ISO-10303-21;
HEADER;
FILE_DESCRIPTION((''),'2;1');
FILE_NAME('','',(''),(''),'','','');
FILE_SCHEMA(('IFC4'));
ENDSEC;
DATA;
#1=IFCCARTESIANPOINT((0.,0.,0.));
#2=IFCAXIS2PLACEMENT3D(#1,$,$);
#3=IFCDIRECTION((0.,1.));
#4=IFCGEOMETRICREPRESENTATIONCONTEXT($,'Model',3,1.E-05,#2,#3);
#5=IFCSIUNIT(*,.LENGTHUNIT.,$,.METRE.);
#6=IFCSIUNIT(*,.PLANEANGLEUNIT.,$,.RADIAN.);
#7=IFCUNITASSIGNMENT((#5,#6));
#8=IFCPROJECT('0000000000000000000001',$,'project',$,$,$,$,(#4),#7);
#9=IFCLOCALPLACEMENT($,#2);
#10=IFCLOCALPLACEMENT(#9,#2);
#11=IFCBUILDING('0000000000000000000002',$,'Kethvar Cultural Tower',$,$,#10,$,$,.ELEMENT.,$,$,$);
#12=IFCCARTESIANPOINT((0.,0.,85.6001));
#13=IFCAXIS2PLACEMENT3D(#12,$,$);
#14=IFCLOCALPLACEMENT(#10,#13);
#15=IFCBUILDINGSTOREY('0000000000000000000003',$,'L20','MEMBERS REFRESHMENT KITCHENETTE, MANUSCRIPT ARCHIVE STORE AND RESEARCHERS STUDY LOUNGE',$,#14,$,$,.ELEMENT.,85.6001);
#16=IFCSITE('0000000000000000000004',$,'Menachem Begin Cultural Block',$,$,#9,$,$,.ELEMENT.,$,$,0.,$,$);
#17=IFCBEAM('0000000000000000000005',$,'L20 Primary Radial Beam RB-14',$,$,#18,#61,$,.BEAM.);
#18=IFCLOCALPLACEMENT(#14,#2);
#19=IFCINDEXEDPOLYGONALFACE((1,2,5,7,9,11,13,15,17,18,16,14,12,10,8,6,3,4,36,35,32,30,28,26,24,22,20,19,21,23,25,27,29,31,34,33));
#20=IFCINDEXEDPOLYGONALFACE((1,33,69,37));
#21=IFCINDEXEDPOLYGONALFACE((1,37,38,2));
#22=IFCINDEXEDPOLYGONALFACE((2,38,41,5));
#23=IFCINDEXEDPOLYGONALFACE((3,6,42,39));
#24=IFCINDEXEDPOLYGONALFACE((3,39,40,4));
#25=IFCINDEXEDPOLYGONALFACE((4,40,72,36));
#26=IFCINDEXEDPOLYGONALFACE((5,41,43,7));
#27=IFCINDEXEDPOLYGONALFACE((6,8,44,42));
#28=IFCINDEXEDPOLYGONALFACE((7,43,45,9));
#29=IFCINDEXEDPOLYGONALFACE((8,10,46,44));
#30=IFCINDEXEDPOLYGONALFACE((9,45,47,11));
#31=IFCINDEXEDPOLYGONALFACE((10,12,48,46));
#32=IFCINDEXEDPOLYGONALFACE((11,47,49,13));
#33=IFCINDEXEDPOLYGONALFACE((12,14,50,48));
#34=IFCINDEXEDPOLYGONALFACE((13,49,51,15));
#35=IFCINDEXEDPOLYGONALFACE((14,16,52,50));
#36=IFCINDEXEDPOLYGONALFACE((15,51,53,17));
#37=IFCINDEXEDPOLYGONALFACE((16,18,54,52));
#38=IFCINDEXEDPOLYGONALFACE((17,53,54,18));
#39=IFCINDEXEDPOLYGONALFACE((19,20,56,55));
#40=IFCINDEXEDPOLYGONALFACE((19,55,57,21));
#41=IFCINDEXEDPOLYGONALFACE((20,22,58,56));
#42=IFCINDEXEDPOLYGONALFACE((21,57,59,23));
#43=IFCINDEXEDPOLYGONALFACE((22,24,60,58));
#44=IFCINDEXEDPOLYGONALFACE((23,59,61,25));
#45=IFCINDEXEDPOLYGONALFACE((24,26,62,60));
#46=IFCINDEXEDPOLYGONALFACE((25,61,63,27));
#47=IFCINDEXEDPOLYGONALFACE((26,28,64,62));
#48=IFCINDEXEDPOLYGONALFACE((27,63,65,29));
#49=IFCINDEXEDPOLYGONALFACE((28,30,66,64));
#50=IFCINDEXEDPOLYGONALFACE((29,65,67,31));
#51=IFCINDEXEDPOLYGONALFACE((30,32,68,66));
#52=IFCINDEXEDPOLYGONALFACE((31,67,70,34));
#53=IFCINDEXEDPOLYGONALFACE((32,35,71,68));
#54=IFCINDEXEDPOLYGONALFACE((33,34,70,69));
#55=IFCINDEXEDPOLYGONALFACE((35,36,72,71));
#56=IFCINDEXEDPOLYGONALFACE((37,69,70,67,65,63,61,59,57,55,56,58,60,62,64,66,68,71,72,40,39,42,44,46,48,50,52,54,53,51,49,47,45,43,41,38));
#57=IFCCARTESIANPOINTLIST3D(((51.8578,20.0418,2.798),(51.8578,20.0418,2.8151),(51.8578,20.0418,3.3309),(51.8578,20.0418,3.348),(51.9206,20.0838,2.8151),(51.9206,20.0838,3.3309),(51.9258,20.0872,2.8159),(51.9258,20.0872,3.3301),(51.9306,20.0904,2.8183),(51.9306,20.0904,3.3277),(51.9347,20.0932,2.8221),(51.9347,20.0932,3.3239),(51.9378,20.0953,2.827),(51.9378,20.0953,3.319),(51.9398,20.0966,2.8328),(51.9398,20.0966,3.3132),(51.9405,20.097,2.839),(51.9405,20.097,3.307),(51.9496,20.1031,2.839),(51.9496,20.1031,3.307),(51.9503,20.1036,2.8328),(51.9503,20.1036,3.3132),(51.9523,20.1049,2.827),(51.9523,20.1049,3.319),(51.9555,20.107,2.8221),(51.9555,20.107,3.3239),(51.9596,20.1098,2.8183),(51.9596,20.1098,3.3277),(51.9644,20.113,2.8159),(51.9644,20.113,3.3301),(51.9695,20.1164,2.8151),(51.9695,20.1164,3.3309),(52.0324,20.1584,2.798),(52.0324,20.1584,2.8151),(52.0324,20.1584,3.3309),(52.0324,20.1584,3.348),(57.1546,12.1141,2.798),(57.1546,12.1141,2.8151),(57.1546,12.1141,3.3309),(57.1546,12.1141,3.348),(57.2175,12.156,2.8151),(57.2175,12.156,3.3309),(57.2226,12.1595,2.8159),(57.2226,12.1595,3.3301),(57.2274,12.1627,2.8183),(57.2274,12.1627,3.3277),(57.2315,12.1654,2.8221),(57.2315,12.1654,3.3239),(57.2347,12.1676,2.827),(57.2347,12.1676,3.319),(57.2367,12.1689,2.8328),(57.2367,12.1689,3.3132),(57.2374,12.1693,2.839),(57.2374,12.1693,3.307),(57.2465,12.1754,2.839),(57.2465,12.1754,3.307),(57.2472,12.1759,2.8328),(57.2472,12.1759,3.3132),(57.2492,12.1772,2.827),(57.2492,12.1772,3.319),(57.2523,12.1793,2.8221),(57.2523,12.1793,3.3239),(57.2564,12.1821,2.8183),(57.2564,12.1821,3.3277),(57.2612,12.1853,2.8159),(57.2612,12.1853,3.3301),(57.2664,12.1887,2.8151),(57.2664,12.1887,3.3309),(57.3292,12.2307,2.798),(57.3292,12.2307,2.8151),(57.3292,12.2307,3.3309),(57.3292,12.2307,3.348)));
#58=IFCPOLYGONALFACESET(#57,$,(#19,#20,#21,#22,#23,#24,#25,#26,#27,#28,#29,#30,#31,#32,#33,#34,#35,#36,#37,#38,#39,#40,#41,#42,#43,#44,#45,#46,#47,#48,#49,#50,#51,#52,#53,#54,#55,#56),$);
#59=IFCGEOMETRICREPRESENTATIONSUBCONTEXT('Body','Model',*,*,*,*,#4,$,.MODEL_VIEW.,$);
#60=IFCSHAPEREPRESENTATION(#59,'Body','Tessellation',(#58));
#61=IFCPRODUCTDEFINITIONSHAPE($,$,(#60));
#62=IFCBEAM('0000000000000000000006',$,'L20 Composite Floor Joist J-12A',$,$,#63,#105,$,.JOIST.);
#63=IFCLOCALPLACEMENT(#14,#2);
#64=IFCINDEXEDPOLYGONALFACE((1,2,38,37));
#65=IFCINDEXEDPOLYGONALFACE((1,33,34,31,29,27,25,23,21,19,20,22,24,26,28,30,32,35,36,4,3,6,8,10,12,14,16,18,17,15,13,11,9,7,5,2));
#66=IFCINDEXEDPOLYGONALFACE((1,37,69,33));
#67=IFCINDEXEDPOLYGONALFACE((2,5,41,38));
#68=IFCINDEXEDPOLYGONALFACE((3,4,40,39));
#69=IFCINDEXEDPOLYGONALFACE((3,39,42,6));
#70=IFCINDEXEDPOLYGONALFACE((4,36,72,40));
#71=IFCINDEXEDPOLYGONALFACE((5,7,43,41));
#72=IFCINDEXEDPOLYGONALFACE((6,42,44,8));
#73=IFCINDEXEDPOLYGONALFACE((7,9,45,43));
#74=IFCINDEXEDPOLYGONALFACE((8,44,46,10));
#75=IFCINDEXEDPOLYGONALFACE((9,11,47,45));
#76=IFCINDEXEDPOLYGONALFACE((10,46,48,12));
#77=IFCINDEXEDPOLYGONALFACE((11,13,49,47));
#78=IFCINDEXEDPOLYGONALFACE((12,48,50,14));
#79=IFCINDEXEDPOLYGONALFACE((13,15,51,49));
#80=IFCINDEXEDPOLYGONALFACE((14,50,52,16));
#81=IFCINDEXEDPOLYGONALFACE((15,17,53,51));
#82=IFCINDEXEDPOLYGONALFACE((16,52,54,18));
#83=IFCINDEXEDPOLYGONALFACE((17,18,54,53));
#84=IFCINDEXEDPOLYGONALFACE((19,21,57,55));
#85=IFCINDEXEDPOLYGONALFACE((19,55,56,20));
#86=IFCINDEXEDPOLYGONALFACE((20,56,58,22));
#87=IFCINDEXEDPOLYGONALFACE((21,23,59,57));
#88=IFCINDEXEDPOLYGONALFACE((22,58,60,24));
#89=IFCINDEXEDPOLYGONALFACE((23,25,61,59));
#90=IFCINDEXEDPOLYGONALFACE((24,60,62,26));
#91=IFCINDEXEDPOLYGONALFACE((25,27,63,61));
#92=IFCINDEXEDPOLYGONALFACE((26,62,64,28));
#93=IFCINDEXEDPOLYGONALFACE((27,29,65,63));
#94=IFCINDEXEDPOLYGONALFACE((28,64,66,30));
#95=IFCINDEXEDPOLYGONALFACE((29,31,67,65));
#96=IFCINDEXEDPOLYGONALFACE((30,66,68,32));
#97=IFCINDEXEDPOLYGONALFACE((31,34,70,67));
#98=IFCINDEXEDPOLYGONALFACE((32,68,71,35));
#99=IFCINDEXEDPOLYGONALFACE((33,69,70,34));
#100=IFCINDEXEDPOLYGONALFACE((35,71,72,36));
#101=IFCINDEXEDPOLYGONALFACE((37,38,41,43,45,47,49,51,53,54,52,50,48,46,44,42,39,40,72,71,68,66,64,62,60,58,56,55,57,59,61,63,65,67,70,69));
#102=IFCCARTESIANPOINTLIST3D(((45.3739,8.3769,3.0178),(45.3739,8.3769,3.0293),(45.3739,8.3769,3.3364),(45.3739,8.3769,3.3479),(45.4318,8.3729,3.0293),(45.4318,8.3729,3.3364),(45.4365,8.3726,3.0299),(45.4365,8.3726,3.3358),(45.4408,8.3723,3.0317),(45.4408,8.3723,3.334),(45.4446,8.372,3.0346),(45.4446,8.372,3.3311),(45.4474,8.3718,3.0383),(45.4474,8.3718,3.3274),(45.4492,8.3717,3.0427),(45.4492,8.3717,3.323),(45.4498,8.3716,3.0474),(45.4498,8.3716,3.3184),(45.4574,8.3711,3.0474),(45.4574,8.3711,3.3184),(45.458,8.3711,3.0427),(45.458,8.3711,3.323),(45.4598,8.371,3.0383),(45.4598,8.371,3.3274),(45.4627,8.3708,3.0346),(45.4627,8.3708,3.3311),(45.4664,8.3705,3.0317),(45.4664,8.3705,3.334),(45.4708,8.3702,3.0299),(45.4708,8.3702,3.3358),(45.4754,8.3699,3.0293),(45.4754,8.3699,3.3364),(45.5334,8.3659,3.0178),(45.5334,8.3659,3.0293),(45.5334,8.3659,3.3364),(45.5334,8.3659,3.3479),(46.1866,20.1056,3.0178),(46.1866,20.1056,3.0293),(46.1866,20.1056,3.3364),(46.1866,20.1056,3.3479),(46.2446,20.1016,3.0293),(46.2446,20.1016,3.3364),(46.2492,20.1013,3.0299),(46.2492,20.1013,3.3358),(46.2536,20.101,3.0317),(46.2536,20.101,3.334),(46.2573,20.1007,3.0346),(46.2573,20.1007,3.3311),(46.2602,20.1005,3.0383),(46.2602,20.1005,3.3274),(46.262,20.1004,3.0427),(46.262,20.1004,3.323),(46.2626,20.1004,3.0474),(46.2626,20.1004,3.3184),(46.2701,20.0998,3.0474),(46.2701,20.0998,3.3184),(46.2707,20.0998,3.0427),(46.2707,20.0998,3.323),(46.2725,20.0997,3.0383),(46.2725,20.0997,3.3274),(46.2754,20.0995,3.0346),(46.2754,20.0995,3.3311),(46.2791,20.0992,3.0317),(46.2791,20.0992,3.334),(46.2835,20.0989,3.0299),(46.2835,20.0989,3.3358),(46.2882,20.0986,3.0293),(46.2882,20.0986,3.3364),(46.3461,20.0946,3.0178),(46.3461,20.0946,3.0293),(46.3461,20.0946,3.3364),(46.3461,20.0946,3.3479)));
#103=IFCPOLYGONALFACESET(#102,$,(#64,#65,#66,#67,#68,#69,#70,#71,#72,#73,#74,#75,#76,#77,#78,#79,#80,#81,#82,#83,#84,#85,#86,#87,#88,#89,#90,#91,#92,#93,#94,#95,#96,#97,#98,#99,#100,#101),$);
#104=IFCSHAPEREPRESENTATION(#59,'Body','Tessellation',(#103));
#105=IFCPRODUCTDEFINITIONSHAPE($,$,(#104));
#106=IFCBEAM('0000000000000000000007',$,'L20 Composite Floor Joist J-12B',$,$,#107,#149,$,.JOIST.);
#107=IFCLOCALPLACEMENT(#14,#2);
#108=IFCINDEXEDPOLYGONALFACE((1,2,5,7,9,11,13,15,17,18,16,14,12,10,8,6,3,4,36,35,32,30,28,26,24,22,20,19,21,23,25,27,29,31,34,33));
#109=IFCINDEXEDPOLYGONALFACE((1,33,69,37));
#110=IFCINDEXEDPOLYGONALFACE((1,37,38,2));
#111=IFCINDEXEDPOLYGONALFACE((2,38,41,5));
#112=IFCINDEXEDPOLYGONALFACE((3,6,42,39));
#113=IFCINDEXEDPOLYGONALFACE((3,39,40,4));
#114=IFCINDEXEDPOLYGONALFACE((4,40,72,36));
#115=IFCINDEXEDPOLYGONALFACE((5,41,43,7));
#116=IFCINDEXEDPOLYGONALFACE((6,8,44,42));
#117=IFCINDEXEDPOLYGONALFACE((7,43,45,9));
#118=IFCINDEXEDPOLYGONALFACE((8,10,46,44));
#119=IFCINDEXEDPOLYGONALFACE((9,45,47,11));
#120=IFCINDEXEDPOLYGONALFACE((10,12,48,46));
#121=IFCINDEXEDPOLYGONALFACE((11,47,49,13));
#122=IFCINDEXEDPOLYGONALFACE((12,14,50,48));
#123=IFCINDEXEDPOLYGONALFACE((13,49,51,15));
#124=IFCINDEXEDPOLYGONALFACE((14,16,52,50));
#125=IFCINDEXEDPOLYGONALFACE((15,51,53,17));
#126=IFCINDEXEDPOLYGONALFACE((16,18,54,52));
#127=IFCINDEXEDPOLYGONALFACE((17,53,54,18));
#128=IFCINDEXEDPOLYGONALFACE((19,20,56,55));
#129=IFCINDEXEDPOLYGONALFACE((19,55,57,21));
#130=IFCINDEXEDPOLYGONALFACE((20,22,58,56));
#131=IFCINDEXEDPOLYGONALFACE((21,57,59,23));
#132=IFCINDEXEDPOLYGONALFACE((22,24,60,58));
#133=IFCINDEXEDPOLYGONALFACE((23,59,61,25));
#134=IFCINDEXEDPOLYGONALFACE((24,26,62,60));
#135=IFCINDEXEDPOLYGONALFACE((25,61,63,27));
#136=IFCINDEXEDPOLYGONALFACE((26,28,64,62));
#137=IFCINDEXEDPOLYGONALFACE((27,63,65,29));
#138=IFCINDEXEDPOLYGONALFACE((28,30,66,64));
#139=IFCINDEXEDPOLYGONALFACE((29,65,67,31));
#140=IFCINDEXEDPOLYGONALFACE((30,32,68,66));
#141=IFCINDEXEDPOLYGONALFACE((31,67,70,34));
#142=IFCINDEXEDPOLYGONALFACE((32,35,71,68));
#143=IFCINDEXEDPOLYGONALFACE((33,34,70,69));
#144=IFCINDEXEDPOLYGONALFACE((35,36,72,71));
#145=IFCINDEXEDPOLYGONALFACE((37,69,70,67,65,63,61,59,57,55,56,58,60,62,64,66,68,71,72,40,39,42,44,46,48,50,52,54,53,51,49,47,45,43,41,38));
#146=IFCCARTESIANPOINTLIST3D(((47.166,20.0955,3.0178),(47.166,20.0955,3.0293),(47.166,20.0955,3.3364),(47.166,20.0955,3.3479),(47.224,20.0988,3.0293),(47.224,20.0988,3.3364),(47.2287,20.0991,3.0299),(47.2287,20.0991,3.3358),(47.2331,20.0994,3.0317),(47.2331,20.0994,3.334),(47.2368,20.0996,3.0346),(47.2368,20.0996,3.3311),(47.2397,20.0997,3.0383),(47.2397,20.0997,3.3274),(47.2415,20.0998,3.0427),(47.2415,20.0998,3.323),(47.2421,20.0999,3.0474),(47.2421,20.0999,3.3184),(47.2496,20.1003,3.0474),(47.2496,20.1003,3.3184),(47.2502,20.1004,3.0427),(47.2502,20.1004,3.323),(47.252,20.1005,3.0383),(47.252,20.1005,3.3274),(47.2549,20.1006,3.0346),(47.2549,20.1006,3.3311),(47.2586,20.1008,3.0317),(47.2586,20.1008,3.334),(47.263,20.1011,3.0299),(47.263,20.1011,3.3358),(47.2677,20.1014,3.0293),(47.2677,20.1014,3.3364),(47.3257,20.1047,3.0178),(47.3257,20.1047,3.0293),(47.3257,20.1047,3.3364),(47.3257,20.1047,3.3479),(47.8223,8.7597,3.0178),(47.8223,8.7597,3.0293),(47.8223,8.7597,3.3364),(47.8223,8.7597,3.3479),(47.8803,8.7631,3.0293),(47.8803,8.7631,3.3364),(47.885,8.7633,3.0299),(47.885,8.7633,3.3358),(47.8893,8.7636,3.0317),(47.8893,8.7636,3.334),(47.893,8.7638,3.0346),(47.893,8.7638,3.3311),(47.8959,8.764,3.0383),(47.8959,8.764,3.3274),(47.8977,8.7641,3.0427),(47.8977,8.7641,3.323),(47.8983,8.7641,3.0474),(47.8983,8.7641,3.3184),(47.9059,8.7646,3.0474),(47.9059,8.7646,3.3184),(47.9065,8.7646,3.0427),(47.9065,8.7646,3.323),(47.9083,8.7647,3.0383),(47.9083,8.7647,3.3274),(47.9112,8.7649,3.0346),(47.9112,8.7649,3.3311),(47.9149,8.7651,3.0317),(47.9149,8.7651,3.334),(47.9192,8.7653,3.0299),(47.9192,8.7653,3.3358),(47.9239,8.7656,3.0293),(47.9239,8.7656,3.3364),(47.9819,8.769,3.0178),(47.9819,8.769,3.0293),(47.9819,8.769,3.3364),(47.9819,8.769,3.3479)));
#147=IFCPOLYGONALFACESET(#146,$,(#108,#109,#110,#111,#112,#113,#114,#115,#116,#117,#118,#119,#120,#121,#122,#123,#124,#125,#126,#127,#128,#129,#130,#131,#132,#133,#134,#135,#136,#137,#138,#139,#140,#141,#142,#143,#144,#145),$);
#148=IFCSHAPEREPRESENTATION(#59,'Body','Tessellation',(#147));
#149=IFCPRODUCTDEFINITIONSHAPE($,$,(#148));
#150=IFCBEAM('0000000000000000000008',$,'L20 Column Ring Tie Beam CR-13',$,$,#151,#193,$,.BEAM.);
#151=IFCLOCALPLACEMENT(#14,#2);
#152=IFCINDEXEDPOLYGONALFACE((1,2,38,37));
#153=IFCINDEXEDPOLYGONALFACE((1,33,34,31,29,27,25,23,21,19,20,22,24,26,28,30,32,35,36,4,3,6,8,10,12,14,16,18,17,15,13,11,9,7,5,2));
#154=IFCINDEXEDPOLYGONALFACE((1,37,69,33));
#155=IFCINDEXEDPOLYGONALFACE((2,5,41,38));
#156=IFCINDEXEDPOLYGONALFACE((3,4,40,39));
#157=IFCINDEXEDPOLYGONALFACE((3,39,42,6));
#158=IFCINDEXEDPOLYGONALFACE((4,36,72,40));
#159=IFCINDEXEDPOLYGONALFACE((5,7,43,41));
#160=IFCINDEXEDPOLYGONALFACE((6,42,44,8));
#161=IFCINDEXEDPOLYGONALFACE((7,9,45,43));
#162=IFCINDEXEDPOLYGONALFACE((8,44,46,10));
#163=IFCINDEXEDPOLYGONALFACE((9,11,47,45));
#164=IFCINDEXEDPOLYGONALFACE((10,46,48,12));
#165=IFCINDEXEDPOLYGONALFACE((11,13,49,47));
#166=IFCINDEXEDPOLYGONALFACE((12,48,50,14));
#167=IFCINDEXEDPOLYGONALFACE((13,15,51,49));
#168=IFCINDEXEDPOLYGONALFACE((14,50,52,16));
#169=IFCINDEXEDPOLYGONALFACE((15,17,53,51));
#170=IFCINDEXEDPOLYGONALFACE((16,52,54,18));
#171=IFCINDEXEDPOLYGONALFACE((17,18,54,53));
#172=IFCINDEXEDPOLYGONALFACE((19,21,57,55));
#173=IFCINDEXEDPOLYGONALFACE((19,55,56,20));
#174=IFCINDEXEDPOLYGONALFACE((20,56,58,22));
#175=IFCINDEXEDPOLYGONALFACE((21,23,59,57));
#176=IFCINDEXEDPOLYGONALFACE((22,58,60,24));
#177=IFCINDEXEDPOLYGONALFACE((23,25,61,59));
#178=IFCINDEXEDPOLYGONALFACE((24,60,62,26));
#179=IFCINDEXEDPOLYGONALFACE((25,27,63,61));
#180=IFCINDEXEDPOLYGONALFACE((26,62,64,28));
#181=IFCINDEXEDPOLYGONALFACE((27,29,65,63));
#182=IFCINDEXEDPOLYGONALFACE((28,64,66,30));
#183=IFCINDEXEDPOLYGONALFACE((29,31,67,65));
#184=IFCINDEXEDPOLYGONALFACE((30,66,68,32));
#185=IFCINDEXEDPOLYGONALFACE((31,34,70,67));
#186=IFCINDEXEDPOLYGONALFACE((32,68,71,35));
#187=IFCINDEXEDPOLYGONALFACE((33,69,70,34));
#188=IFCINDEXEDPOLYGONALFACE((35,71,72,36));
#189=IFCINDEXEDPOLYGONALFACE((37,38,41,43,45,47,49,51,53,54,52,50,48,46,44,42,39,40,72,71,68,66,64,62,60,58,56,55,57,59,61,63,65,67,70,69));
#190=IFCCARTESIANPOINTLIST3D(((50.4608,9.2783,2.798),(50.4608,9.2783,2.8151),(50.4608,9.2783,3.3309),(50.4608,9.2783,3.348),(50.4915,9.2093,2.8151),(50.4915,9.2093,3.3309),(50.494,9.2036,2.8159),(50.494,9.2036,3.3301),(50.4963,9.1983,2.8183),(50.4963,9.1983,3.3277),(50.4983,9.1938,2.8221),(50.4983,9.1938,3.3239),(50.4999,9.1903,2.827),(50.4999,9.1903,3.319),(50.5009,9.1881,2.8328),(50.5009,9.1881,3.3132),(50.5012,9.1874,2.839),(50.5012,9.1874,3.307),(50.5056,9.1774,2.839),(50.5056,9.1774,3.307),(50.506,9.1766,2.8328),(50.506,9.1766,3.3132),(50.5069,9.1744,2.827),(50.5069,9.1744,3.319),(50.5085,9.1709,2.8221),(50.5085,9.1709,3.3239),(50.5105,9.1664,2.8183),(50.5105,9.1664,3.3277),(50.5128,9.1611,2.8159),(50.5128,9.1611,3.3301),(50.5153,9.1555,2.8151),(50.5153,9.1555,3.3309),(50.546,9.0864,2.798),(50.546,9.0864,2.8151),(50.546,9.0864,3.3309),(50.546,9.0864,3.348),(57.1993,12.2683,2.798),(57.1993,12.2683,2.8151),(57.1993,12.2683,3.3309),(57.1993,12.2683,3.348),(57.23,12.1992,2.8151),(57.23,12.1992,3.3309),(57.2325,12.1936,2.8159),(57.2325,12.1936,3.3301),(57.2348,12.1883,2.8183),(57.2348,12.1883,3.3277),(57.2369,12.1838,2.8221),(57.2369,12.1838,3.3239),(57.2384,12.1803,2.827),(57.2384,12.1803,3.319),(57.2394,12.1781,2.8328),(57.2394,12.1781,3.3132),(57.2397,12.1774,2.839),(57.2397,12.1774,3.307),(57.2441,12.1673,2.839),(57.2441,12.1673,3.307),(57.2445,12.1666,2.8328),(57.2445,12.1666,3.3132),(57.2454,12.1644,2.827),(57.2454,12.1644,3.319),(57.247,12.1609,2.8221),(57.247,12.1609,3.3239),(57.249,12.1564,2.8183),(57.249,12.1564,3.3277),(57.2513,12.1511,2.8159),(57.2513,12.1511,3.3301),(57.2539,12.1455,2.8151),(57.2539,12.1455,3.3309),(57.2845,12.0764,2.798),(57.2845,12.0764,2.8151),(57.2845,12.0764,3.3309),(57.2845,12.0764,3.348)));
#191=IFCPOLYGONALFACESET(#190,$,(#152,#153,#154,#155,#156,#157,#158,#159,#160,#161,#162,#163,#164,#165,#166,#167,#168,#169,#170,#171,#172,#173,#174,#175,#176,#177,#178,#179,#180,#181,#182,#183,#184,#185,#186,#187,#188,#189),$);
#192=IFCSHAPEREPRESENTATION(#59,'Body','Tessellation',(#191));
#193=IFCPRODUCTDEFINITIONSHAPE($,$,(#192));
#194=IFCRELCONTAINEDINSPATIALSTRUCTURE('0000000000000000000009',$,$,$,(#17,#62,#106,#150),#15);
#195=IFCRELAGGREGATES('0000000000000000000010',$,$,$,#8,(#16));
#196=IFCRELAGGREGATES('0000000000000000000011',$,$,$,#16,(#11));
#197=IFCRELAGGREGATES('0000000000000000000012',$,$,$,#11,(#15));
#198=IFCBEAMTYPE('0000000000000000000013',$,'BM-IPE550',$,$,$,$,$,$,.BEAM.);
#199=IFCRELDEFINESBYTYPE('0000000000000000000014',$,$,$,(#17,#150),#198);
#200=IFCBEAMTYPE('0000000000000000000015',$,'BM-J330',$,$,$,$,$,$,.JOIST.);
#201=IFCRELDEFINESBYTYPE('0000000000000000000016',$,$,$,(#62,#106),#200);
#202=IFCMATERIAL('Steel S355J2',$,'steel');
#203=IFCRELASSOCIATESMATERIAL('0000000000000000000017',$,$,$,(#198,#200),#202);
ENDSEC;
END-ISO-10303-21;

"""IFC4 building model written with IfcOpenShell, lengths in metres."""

from ifc_helpers import new_model, si_unit, direction, frame, origin, origin_2d, place, context, subcontext, project, spatial, i_section, extrude, source, transform, mapped, material, material_profile, profile_set, type_object, element, save


model = new_model("IFC4")

# Units and contexts
model_context = context("Model", 3, precision=1e-05, world=origin(), true_north=direction((0.0, 1.0)))
body_context = subcontext(model_context, "Body", "Model", "MODEL_VIEW")
ifc_project = project(units=[si_unit("LENGTHUNIT", "METRE"), si_unit("PLANEANGLEUNIT", "RADIAN")], contexts=[model_context])

# Site, building, storey
site_placement = place(None, origin())
site = spatial("IfcSite", under=ifc_project, at=site_placement, Name="Menachem Begin Cultural Block", CompositionType="ELEMENT", RefElevation=0.0)
building_placement = place(site_placement, origin())
building = spatial("IfcBuilding", under=site, at=building_placement, Name="Kethvar Cultural Tower", CompositionType="ELEMENT")
storey_placement = place(building_placement, frame((0.0, 0.0, 85.6001)))
storey = spatial("IfcBuildingStorey", under=building, at=storey_placement, Name="L20", Description="MEMBERS REFRESHMENT KITCHENETTE, MANUSCRIPT ARCHIVE STORE AND RESEARCHERS STUDY LOUNGE", CompositionType="ELEMENT", Elevation=85.6001)

# Beams
ifc_material_1 = material(Name="Steel S355J2", Category="steel")
ifc_material_profile_1 = material_profile(ifc_material_1, i_section(OverallWidth=0.21, OverallDepth=0.55, WebThickness=0.011, FlangeThickness=0.0171, FilletRadius=0.0239, at=origin_2d()), Name="Steel S355J2 — IPE550")
ifc_profile_set_1 = profile_set([ifc_material_profile_1], Name="Steel S355J2 — IPE550")
beam_type_1 = type_object("IfcBeamType", Name="BM-IPE550", PredefinedType="BEAM", material=ifc_profile_set_1)
shared_shape_1 = source(origin(), body_context, "Body", "SweptSolid", [
    extrude(i_section(OverallWidth=0.21, OverallDepth=0.55, WebThickness=0.011, FlangeThickness=0.0171, FilletRadius=0.0239, at=origin_2d()), origin(), (0.0, 0.0, 1.0), 9.5344),
])
beam_1_placement = place(storey_placement, frame((51.9451, 20.1001, 3.073), z_axis=(0.555551, -0.831483, 0.0), x_axis=(0.831483, 0.555551, 0.0)))
element("IfcBeam", 1, at=beam_1_placement, inside=storey, type_object=beam_type_1, Name="L20 Primary Radial Beam RB-14", PredefinedType="BEAM", context=body_context, shape_type="MappedRepresentation", body=[
    mapped(shared_shape_1, transform((0.0, 0.0, 0.0), scale=1.0)),
])
ifc_material_profile_2 = material_profile(ifc_material_1, i_section(OverallWidth=0.1599, OverallDepth=0.3301, WebThickness=0.0076, FlangeThickness=0.0115, FilletRadius=0.0181, at=origin_2d()), Name="Steel S355J2 — IPE330")
ifc_profile_set_2 = profile_set([ifc_material_profile_2], Name="Steel S355J2 — IPE330")
beam_type_2 = type_object("IfcBeamType", Name="BM-J330", PredefinedType="JOIST", material=ifc_profile_set_2)
shared_shape_2 = source(origin(), body_context, "Body", "SweptSolid", [
    extrude(i_section(OverallWidth=0.1599, OverallDepth=0.3301, WebThickness=0.0076, FlangeThickness=0.0115, FilletRadius=0.0181, at=origin_2d()), origin(), (0.0, 0.0, 1.0), 11.7568),
])
beam_2_placement = place(storey_placement, frame((46.2664, 20.1001, 3.1829), z_axis=(-0.069129, -0.997608, 0.0), x_axis=(0.997608, -0.069129, 0.0)))
element("IfcBeam", 2, at=beam_2_placement, inside=storey, type_object=beam_type_2, Name="L20 Composite Floor Joist J-12A", PredefinedType="JOIST", context=body_context, shape_type="MappedRepresentation", body=[
    mapped(shared_shape_2, transform((0.0, 0.0, 0.0), scale=1.0)),
])
shared_shape_3 = source(origin(), body_context, "Body", "SweptSolid", [
    extrude(i_section(OverallWidth=0.1599, OverallDepth=0.3301, WebThickness=0.0076, FlangeThickness=0.0115, FilletRadius=0.0181, at=origin_2d()), origin(), (0.0, 0.0, 1.0), 11.3547),
])
beam_3_placement = place(storey_placement, frame((47.2458, 20.1001, 3.1829), z_axis=(0.057796, -0.998328, 0.0), x_axis=(0.998328, 0.057796, 0.0)))
element("IfcBeam", 3, at=beam_3_placement, inside=storey, type_object=beam_type_2, Name="L20 Composite Floor Joist J-12B", PredefinedType="JOIST", context=body_context, shape_type="MappedRepresentation", body=[
    mapped(shared_shape_3, transform((0.0, 0.0, 0.0), scale=1.0)),
])
shared_shape_4 = source(origin(), body_context, "Body", "SweptSolid", [
    extrude(i_section(OverallWidth=0.21, OverallDepth=0.55, WebThickness=0.011, FlangeThickness=0.0171, FilletRadius=0.0239, at=origin_2d()), origin(), (0.0, 0.0, 1.0), 7.3721),
])
beam_4_placement = place(storey_placement, frame((50.5034, 9.1824, 3.073), z_axis=(0.914059, 0.405582, 0.0), x_axis=(-0.405582, 0.914059, 0.0)))
element("IfcBeam", 4, at=beam_4_placement, inside=storey, type_object=beam_type_1, Name="L20 Column Ring Tie Beam CR-13", PredefinedType="BEAM", context=body_context, shape_type="MappedRepresentation", body=[
    mapped(shared_shape_4, transform((0.0, 0.0, 0.0), scale=1.0)),
])

save(model, "model.ifc")
